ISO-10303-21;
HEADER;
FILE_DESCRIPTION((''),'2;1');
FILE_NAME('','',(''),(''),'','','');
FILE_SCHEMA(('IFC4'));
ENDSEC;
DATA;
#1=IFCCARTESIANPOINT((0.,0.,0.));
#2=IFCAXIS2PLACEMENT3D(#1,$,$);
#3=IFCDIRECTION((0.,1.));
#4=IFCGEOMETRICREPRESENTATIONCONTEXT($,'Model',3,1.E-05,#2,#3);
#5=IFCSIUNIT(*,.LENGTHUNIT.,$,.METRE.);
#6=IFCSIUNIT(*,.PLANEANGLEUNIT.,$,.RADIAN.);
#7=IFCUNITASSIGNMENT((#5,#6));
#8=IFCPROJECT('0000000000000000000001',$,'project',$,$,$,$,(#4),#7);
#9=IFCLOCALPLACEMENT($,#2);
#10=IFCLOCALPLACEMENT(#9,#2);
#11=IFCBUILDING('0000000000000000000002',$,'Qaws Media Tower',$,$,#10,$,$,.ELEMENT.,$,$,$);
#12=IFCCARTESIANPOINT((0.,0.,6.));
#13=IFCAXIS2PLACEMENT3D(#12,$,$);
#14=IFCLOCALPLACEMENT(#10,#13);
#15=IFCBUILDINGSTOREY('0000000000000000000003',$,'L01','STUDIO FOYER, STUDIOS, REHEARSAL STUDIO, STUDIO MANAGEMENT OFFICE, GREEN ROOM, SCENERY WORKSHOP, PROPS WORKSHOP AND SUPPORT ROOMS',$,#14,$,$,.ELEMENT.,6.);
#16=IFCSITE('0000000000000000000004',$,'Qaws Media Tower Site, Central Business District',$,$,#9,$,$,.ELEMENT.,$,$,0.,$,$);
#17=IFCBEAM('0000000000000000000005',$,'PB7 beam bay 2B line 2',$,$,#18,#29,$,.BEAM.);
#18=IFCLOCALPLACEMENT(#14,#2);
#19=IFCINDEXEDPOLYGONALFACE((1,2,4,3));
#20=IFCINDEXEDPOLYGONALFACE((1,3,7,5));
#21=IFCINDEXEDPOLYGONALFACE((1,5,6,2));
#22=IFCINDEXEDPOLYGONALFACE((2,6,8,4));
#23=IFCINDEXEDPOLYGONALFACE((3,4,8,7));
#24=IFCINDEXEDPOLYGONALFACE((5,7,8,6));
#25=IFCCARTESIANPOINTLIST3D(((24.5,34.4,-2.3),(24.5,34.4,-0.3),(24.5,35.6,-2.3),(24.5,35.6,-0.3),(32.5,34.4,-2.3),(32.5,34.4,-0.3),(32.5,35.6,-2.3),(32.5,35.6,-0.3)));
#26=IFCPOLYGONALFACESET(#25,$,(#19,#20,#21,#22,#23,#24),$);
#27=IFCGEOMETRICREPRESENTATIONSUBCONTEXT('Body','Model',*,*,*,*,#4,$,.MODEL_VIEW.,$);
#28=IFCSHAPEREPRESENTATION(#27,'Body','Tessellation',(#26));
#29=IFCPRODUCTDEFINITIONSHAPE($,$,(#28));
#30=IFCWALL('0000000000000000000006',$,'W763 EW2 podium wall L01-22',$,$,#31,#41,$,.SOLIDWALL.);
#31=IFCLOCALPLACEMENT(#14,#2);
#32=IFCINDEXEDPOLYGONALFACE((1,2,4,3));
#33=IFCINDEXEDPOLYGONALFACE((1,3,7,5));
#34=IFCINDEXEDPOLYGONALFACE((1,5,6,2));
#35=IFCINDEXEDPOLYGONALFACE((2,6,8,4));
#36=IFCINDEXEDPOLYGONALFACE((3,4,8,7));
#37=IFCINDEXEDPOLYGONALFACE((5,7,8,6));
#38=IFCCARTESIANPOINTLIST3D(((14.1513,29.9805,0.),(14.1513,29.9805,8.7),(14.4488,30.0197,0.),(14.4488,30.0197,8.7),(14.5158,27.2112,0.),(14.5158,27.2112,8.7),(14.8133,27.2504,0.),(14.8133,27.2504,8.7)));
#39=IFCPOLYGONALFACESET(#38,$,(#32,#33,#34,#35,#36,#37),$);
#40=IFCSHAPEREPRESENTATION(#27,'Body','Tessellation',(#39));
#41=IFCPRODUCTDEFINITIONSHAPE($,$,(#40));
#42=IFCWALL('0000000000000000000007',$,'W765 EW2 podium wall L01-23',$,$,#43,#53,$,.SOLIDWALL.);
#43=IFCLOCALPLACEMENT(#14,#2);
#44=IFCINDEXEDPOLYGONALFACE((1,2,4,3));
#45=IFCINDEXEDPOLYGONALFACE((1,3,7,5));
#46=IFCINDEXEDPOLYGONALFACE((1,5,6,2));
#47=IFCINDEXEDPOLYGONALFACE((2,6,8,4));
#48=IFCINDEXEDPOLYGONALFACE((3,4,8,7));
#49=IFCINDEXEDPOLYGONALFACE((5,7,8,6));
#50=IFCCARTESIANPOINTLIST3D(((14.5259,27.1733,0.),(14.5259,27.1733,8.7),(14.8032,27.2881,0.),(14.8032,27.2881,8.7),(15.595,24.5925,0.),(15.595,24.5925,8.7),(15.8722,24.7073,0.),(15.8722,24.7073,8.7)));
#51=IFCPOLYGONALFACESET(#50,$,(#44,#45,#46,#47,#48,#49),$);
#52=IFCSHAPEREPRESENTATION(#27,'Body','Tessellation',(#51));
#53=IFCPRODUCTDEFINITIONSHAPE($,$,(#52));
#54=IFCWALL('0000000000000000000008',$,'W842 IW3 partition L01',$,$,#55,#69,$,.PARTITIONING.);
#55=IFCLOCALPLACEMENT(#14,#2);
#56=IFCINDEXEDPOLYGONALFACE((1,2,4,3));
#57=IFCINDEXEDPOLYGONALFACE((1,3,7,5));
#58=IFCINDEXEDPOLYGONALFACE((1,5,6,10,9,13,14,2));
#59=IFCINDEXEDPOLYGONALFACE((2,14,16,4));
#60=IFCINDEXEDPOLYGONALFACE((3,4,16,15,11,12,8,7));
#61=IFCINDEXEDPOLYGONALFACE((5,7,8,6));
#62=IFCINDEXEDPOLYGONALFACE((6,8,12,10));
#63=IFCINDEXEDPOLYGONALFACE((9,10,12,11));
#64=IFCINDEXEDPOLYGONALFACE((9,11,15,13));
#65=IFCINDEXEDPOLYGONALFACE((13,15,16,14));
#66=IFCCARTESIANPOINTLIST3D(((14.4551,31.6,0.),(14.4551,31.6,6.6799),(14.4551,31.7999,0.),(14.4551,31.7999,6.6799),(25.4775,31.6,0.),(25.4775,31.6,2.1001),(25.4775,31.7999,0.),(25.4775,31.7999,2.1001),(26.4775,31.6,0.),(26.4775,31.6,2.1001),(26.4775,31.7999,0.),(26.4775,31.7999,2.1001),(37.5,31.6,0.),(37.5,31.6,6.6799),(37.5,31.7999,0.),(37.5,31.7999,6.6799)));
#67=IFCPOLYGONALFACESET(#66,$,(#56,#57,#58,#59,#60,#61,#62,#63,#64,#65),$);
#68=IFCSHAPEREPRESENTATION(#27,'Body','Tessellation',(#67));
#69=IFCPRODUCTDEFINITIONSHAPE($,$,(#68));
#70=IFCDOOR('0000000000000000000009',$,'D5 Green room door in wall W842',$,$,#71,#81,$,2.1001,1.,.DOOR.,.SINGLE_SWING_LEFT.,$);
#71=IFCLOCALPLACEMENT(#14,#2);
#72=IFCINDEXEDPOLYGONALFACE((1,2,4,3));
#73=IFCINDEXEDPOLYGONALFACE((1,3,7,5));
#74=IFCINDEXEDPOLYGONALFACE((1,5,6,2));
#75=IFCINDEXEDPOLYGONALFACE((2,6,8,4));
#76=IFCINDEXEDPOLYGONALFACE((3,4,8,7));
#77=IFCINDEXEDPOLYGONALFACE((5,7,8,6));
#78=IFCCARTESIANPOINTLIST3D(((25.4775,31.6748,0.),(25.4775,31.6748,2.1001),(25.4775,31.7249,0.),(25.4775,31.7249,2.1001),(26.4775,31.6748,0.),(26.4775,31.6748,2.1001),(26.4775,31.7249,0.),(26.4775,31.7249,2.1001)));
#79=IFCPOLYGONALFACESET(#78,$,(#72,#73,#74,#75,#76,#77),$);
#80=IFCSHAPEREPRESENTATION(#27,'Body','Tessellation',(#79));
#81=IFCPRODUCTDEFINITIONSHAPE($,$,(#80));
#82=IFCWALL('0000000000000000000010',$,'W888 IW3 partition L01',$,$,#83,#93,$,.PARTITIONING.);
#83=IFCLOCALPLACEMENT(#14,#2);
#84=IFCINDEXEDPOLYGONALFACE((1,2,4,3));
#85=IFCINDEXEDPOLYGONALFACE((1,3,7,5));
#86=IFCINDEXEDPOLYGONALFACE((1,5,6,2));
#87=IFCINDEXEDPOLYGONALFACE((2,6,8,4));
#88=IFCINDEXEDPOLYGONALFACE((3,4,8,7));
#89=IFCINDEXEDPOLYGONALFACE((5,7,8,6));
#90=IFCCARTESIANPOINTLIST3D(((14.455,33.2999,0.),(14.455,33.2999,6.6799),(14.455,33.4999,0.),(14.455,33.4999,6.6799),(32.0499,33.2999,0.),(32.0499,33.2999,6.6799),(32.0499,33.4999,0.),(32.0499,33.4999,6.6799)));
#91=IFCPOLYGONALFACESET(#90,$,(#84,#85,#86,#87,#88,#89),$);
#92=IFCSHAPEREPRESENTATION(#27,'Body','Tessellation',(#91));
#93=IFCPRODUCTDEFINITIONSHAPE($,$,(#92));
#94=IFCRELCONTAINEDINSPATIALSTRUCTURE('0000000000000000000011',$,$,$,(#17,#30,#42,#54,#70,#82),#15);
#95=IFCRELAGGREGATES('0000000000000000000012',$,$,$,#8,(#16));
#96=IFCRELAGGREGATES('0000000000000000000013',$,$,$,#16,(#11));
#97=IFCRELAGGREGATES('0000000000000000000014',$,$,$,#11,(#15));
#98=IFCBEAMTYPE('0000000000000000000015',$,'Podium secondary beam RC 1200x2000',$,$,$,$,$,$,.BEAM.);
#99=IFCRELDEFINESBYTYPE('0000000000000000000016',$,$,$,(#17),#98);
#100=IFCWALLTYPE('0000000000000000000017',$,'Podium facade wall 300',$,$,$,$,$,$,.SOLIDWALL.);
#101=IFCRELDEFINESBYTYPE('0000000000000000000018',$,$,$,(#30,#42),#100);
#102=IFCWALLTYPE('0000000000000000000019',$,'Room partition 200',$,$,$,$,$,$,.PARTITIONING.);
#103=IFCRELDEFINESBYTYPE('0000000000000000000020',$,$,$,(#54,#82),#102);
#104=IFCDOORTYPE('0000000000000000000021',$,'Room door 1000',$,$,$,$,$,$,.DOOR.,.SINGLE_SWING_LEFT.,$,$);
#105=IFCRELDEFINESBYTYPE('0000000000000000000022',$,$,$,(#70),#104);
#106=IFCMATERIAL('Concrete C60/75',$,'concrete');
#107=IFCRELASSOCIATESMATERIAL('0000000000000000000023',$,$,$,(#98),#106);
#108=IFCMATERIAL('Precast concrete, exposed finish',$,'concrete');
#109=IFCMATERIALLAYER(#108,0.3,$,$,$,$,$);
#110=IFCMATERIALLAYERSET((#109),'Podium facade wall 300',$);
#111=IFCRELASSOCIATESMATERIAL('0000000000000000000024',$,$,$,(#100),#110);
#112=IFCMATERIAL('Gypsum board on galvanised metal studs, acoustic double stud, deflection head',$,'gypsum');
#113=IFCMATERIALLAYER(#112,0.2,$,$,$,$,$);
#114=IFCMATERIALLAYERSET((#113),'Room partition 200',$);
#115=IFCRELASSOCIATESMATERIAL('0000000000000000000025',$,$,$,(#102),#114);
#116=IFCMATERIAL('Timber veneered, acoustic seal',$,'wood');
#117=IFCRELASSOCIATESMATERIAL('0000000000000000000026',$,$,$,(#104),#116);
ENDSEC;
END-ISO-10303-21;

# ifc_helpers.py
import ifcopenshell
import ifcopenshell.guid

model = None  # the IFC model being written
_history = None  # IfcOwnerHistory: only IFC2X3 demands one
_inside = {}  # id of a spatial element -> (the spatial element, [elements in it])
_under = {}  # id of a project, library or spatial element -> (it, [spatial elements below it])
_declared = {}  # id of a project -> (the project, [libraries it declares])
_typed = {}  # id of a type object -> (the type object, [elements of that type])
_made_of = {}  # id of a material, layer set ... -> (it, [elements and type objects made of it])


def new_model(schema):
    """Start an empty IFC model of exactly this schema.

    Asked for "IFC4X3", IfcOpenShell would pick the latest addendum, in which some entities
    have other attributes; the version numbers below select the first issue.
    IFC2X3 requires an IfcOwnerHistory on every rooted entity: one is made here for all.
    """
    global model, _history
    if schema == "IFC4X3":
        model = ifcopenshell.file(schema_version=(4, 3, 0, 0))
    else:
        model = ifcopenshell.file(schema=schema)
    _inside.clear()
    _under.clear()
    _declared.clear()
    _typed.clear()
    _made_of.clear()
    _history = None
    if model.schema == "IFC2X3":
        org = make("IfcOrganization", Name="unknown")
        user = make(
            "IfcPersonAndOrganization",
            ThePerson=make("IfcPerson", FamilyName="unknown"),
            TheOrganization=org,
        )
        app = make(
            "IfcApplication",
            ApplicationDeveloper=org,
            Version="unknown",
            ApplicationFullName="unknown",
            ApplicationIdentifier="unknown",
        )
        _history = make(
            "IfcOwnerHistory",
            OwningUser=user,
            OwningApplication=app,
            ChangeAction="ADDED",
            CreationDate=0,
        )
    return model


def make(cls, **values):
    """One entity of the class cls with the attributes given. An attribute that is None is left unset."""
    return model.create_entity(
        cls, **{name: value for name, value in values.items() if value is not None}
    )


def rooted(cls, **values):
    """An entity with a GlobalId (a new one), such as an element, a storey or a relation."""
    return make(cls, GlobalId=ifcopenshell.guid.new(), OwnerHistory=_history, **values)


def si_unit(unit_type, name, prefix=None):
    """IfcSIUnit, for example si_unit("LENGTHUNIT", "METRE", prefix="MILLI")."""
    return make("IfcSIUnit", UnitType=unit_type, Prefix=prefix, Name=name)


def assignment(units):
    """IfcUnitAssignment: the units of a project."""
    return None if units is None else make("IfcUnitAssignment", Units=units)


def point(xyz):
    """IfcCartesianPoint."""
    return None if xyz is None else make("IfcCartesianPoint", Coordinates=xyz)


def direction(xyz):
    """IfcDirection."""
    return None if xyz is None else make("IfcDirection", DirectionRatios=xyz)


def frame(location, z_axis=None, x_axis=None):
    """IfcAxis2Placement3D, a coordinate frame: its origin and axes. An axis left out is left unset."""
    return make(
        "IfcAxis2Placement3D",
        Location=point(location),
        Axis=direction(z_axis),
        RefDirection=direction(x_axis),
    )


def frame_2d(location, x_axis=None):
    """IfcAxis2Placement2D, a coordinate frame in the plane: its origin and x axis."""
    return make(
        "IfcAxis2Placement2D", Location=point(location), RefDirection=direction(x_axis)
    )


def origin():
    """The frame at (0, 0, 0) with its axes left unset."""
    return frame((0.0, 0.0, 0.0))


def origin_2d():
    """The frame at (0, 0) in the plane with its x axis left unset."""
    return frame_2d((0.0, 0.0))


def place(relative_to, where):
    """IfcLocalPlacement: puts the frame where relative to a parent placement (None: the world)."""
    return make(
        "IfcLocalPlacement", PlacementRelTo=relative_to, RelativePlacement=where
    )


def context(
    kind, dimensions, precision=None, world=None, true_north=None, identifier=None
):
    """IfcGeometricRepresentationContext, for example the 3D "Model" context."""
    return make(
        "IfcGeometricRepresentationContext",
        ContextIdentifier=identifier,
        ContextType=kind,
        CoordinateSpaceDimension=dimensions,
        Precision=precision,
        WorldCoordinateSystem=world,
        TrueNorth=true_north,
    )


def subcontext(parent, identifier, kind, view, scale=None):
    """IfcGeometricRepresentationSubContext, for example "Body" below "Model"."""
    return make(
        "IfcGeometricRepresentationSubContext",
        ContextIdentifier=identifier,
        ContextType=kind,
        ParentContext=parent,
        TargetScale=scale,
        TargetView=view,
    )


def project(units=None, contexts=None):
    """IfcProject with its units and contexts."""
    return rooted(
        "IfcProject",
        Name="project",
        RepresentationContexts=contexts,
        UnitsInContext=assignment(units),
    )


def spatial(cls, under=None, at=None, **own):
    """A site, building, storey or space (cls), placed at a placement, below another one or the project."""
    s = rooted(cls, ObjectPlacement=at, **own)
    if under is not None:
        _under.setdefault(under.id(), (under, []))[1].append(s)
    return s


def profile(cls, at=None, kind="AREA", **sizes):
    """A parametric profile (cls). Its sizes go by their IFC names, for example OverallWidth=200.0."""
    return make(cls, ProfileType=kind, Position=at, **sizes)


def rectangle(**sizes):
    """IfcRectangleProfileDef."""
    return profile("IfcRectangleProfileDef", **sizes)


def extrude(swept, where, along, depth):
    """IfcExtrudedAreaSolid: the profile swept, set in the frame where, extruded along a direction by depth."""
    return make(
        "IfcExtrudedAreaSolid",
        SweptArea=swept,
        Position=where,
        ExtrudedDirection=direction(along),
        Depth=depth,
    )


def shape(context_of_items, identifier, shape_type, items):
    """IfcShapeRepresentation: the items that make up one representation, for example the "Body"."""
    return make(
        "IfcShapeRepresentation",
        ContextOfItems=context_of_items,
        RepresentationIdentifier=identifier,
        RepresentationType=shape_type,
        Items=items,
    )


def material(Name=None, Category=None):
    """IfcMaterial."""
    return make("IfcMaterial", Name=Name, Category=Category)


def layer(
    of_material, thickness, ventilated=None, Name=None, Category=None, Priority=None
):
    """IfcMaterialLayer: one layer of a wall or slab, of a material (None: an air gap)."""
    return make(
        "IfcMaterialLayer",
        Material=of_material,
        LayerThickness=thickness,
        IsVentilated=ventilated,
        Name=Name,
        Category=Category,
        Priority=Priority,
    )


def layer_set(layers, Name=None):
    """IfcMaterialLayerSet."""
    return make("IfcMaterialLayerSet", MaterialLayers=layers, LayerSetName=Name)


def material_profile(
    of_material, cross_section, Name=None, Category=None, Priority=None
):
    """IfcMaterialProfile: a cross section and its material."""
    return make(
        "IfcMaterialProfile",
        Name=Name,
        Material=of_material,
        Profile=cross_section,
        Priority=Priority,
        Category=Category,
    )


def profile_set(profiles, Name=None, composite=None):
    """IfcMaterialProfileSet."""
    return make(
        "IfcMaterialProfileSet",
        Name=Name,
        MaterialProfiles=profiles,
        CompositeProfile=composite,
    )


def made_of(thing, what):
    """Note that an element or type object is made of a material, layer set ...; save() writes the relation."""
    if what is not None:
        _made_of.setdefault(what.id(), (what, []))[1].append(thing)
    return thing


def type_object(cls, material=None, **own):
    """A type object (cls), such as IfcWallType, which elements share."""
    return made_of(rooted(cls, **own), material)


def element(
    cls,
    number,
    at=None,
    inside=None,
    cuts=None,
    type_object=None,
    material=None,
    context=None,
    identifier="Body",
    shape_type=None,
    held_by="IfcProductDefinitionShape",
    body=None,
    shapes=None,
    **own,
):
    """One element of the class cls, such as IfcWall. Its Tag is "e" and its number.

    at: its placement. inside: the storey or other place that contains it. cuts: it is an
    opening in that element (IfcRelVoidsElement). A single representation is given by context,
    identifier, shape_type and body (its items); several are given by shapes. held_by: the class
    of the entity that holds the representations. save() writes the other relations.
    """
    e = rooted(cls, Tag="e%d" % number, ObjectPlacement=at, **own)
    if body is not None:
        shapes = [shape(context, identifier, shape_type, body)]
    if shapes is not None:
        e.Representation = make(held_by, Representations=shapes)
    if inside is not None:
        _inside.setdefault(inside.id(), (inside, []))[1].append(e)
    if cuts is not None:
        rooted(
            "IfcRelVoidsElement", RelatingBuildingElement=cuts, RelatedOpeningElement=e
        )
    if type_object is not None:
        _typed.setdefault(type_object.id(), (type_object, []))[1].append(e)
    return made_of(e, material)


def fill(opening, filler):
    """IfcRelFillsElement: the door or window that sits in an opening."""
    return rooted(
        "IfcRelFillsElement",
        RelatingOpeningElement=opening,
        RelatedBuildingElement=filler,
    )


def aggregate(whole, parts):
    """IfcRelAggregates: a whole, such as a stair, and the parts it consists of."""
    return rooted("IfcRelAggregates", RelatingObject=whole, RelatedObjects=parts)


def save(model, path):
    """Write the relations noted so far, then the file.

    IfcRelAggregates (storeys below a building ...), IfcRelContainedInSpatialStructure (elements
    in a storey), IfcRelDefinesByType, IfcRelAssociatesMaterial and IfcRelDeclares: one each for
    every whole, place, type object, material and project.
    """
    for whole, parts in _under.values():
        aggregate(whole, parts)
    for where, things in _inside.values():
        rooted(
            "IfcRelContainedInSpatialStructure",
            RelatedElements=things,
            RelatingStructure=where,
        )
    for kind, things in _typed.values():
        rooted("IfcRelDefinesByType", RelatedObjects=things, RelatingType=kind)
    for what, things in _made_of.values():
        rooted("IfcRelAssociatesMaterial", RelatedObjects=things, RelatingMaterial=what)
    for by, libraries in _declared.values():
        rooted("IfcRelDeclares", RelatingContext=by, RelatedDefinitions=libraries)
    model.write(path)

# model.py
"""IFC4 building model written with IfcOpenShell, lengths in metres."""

from ifc_helpers import new_model, si_unit, direction, frame, frame_2d, origin, origin_2d, place, context, subcontext, project, spatial, rectangle, extrude, material, layer, layer_set, material_profile, profile_set, type_object, element, fill, save


model = new_model("IFC4")

# Units and contexts
model_context = context("Model", 3, precision=1e-05, world=origin(), true_north=direction((0.0, 1.0)))
body_context = subcontext(model_context, "Body", "Model", "MODEL_VIEW")
ifc_project = project(units=[si_unit("LENGTHUNIT", "METRE"), si_unit("PLANEANGLEUNIT", "RADIAN")], contexts=[model_context])

# Site, building, storey
site_placement = place(None, origin())
site = spatial("IfcSite", under=ifc_project, at=site_placement, Name="Qaws Media Tower Site, Central Business District", CompositionType="ELEMENT", RefElevation=0.0)
building_placement = place(site_placement, origin())
building = spatial("IfcBuilding", under=site, at=building_placement, Name="Qaws Media Tower", CompositionType="ELEMENT")
storey_placement = place(building_placement, frame((0.0, 0.0, 6.0)))
storey = spatial("IfcBuildingStorey", under=building, at=storey_placement, Name="L01", Description="STUDIO FOYER, STUDIOS, REHEARSAL STUDIO, STUDIO MANAGEMENT OFFICE, GREEN ROOM, SCENERY WORKSHOP, PROPS WORKSHOP AND SUPPORT ROOMS", CompositionType="ELEMENT", Elevation=6.0)

# Beam
ifc_material_1 = material(Name="Concrete C60/75", Category="concrete")
ifc_material_profile_1 = material_profile(ifc_material_1, rectangle(XDim=1.2, YDim=2.0, at=origin_2d()), Name="RC 1200x2000")
ifc_profile_set_1 = profile_set([ifc_material_profile_1], Name="Concrete C60/75")
beam_type_1 = type_object("IfcBeamType", Name="Podium secondary beam RC 1200x2000", PredefinedType="BEAM", material=ifc_profile_set_1)
for number, where, z_axis, x_axis, name in (
    (1, (24.5, 35.0, -1.3), (1.0, 0.0, 0.0), (0.0, 1.0, 0.0), "PB7 beam bay 2B line 2"),
):
    element("IfcBeam", number, at=place(storey_placement, frame(where, z_axis=z_axis, x_axis=x_axis)), inside=storey, type_object=beam_type_1, Name=name, PredefinedType="BEAM", context=body_context, shape_type="SweptSolid", body=[
        extrude(rectangle(XDim=1.2, YDim=2.0, at=origin_2d()), origin(), (0.0, 0.0, 1.0), 8.0),
    ])

# Walls
ifc_material_2 = material(Name="Precast concrete, exposed finish", Category="concrete")
ifc_layer_1 = layer(ifc_material_2, 0.3)
ifc_layer_set_1 = layer_set([ifc_layer_1], Name="Podium facade wall 300")
wall_type_1 = type_object("IfcWallType", Name="Podium facade wall 300", PredefinedType="SOLIDWALL", material=ifc_layer_set_1)
wall_1_placement = place(storey_placement, frame((14.3, 30.0, 0.0), z_axis=(0.0, 0.0, 1.0), x_axis=(0.130497, -0.991449, 0.0)))
element("IfcWall", 2, at=wall_1_placement, inside=storey, type_object=wall_type_1, Name="W763 EW2 podium wall L01-22", PredefinedType="SOLIDWALL", context=body_context, shape_type="SweptSolid", body=[
    extrude(rectangle(XDim=2.7932, YDim=0.3, at=frame_2d((1.3965, 0.0))), origin(), (0.0, 0.0, 1.0), 8.7),
])
wall_2_placement = place(storey_placement, frame((14.6646, 27.2307, 0.0), z_axis=(0.0, 0.0, 1.0), x_axis=(0.382709, -0.923869, 0.0)))
element("IfcWall", 3, at=wall_2_placement, inside=storey, type_object=wall_type_1, Name="W765 EW2 podium wall L01-23", PredefinedType="SOLIDWALL", context=body_context, shape_type="SweptSolid", body=[
    extrude(rectangle(XDim=2.7935, YDim=0.3, at=frame_2d((1.3967, 0.0))), origin(), (0.0, 0.0, 1.0), 8.7),
])

# Wall, opening, door
ifc_material_3 = material(Name="Gypsum board on galvanised metal studs, acoustic double stud, deflection head", Category="gypsum")
ifc_layer_2 = layer(ifc_material_3, 0.2)
ifc_layer_set_2 = layer_set([ifc_layer_2], Name="Room partition 200")
wall_type_2 = type_object("IfcWallType", Name="Room partition 200", PredefinedType="PARTITIONING", material=ifc_layer_set_2)
wall_3_placement = place(storey_placement, frame((14.4551, 31.7, 0.0), z_axis=(0.0, 0.0, 1.0), x_axis=(1.0, 0.0, 0.0)))
wall_3 = element("IfcWall", 4, at=wall_3_placement, inside=storey, type_object=wall_type_2, Name="W842 IW3 partition L01", PredefinedType="PARTITIONING", context=body_context, shape_type="SweptSolid", body=[
    extrude(rectangle(XDim=23.0449, YDim=0.2, at=frame_2d((11.5225, 0.0))), origin(), (0.0, 0.0, 1.0), 6.6799),
])
opening_placement = place(wall_3_placement, frame((11.0225, 0.0, 0.0)))
opening = element("IfcOpeningElement", 5, at=opening_placement, cuts=wall_3, PredefinedType="OPENING", context=body_context, shape_type="SweptSolid", body=[
    extrude(rectangle(XDim=1.0, YDim=2.1001, at=frame_2d((0.5, 1.05))), frame((0.0, 0.1099, 0.0), z_axis=(0.0, -1.0, 0.0), x_axis=(1.0, 0.0, 0.0)), (0.0, 0.0, 1.0), 0.22),
])
ifc_material_4 = material(Name="Timber veneered, acoustic seal", Category="wood")
door_type = type_object("IfcDoorType", Name="Room door 1000", OperationType="SINGLE_SWING_LEFT", PredefinedType="DOOR", material=ifc_material_4)
door_placement = place(opening_placement, origin())
door = element("IfcDoor", 6, at=door_placement, inside=storey, type_object=door_type, Name="D5 Green room door in wall W842", OperationType="SINGLE_SWING_LEFT", OverallHeight=2.1001, OverallWidth=1.0, PredefinedType="DOOR", context=body_context, shape_type="SweptSolid", body=[
    extrude(rectangle(XDim=1.0, YDim=2.1001, at=frame_2d((0.5, 1.05))), frame((0.0, 0.0249, 0.0), z_axis=(0.0, -1.0, 0.0), x_axis=(1.0, 0.0, 0.0)), (0.0, 0.0, 1.0), 0.05),
])
fill(opening, door)

# Wall
wall_4_placement = place(storey_placement, frame((14.4551, 33.3999, 0.0), z_axis=(0.0, 0.0, 1.0), x_axis=(1.0, 0.0, 0.0)))
element("IfcWall", 7, at=wall_4_placement, inside=storey, type_object=wall_type_2, Name="W888 IW3 partition L01", PredefinedType="PARTITIONING", context=body_context, shape_type="SweptSolid", body=[
    extrude(rectangle(XDim=17.595, YDim=0.2, at=frame_2d((8.7974, 0.0))), origin(), (0.0, 0.0, 1.0), 6.6799),
])

save(model, "model.ifc")
